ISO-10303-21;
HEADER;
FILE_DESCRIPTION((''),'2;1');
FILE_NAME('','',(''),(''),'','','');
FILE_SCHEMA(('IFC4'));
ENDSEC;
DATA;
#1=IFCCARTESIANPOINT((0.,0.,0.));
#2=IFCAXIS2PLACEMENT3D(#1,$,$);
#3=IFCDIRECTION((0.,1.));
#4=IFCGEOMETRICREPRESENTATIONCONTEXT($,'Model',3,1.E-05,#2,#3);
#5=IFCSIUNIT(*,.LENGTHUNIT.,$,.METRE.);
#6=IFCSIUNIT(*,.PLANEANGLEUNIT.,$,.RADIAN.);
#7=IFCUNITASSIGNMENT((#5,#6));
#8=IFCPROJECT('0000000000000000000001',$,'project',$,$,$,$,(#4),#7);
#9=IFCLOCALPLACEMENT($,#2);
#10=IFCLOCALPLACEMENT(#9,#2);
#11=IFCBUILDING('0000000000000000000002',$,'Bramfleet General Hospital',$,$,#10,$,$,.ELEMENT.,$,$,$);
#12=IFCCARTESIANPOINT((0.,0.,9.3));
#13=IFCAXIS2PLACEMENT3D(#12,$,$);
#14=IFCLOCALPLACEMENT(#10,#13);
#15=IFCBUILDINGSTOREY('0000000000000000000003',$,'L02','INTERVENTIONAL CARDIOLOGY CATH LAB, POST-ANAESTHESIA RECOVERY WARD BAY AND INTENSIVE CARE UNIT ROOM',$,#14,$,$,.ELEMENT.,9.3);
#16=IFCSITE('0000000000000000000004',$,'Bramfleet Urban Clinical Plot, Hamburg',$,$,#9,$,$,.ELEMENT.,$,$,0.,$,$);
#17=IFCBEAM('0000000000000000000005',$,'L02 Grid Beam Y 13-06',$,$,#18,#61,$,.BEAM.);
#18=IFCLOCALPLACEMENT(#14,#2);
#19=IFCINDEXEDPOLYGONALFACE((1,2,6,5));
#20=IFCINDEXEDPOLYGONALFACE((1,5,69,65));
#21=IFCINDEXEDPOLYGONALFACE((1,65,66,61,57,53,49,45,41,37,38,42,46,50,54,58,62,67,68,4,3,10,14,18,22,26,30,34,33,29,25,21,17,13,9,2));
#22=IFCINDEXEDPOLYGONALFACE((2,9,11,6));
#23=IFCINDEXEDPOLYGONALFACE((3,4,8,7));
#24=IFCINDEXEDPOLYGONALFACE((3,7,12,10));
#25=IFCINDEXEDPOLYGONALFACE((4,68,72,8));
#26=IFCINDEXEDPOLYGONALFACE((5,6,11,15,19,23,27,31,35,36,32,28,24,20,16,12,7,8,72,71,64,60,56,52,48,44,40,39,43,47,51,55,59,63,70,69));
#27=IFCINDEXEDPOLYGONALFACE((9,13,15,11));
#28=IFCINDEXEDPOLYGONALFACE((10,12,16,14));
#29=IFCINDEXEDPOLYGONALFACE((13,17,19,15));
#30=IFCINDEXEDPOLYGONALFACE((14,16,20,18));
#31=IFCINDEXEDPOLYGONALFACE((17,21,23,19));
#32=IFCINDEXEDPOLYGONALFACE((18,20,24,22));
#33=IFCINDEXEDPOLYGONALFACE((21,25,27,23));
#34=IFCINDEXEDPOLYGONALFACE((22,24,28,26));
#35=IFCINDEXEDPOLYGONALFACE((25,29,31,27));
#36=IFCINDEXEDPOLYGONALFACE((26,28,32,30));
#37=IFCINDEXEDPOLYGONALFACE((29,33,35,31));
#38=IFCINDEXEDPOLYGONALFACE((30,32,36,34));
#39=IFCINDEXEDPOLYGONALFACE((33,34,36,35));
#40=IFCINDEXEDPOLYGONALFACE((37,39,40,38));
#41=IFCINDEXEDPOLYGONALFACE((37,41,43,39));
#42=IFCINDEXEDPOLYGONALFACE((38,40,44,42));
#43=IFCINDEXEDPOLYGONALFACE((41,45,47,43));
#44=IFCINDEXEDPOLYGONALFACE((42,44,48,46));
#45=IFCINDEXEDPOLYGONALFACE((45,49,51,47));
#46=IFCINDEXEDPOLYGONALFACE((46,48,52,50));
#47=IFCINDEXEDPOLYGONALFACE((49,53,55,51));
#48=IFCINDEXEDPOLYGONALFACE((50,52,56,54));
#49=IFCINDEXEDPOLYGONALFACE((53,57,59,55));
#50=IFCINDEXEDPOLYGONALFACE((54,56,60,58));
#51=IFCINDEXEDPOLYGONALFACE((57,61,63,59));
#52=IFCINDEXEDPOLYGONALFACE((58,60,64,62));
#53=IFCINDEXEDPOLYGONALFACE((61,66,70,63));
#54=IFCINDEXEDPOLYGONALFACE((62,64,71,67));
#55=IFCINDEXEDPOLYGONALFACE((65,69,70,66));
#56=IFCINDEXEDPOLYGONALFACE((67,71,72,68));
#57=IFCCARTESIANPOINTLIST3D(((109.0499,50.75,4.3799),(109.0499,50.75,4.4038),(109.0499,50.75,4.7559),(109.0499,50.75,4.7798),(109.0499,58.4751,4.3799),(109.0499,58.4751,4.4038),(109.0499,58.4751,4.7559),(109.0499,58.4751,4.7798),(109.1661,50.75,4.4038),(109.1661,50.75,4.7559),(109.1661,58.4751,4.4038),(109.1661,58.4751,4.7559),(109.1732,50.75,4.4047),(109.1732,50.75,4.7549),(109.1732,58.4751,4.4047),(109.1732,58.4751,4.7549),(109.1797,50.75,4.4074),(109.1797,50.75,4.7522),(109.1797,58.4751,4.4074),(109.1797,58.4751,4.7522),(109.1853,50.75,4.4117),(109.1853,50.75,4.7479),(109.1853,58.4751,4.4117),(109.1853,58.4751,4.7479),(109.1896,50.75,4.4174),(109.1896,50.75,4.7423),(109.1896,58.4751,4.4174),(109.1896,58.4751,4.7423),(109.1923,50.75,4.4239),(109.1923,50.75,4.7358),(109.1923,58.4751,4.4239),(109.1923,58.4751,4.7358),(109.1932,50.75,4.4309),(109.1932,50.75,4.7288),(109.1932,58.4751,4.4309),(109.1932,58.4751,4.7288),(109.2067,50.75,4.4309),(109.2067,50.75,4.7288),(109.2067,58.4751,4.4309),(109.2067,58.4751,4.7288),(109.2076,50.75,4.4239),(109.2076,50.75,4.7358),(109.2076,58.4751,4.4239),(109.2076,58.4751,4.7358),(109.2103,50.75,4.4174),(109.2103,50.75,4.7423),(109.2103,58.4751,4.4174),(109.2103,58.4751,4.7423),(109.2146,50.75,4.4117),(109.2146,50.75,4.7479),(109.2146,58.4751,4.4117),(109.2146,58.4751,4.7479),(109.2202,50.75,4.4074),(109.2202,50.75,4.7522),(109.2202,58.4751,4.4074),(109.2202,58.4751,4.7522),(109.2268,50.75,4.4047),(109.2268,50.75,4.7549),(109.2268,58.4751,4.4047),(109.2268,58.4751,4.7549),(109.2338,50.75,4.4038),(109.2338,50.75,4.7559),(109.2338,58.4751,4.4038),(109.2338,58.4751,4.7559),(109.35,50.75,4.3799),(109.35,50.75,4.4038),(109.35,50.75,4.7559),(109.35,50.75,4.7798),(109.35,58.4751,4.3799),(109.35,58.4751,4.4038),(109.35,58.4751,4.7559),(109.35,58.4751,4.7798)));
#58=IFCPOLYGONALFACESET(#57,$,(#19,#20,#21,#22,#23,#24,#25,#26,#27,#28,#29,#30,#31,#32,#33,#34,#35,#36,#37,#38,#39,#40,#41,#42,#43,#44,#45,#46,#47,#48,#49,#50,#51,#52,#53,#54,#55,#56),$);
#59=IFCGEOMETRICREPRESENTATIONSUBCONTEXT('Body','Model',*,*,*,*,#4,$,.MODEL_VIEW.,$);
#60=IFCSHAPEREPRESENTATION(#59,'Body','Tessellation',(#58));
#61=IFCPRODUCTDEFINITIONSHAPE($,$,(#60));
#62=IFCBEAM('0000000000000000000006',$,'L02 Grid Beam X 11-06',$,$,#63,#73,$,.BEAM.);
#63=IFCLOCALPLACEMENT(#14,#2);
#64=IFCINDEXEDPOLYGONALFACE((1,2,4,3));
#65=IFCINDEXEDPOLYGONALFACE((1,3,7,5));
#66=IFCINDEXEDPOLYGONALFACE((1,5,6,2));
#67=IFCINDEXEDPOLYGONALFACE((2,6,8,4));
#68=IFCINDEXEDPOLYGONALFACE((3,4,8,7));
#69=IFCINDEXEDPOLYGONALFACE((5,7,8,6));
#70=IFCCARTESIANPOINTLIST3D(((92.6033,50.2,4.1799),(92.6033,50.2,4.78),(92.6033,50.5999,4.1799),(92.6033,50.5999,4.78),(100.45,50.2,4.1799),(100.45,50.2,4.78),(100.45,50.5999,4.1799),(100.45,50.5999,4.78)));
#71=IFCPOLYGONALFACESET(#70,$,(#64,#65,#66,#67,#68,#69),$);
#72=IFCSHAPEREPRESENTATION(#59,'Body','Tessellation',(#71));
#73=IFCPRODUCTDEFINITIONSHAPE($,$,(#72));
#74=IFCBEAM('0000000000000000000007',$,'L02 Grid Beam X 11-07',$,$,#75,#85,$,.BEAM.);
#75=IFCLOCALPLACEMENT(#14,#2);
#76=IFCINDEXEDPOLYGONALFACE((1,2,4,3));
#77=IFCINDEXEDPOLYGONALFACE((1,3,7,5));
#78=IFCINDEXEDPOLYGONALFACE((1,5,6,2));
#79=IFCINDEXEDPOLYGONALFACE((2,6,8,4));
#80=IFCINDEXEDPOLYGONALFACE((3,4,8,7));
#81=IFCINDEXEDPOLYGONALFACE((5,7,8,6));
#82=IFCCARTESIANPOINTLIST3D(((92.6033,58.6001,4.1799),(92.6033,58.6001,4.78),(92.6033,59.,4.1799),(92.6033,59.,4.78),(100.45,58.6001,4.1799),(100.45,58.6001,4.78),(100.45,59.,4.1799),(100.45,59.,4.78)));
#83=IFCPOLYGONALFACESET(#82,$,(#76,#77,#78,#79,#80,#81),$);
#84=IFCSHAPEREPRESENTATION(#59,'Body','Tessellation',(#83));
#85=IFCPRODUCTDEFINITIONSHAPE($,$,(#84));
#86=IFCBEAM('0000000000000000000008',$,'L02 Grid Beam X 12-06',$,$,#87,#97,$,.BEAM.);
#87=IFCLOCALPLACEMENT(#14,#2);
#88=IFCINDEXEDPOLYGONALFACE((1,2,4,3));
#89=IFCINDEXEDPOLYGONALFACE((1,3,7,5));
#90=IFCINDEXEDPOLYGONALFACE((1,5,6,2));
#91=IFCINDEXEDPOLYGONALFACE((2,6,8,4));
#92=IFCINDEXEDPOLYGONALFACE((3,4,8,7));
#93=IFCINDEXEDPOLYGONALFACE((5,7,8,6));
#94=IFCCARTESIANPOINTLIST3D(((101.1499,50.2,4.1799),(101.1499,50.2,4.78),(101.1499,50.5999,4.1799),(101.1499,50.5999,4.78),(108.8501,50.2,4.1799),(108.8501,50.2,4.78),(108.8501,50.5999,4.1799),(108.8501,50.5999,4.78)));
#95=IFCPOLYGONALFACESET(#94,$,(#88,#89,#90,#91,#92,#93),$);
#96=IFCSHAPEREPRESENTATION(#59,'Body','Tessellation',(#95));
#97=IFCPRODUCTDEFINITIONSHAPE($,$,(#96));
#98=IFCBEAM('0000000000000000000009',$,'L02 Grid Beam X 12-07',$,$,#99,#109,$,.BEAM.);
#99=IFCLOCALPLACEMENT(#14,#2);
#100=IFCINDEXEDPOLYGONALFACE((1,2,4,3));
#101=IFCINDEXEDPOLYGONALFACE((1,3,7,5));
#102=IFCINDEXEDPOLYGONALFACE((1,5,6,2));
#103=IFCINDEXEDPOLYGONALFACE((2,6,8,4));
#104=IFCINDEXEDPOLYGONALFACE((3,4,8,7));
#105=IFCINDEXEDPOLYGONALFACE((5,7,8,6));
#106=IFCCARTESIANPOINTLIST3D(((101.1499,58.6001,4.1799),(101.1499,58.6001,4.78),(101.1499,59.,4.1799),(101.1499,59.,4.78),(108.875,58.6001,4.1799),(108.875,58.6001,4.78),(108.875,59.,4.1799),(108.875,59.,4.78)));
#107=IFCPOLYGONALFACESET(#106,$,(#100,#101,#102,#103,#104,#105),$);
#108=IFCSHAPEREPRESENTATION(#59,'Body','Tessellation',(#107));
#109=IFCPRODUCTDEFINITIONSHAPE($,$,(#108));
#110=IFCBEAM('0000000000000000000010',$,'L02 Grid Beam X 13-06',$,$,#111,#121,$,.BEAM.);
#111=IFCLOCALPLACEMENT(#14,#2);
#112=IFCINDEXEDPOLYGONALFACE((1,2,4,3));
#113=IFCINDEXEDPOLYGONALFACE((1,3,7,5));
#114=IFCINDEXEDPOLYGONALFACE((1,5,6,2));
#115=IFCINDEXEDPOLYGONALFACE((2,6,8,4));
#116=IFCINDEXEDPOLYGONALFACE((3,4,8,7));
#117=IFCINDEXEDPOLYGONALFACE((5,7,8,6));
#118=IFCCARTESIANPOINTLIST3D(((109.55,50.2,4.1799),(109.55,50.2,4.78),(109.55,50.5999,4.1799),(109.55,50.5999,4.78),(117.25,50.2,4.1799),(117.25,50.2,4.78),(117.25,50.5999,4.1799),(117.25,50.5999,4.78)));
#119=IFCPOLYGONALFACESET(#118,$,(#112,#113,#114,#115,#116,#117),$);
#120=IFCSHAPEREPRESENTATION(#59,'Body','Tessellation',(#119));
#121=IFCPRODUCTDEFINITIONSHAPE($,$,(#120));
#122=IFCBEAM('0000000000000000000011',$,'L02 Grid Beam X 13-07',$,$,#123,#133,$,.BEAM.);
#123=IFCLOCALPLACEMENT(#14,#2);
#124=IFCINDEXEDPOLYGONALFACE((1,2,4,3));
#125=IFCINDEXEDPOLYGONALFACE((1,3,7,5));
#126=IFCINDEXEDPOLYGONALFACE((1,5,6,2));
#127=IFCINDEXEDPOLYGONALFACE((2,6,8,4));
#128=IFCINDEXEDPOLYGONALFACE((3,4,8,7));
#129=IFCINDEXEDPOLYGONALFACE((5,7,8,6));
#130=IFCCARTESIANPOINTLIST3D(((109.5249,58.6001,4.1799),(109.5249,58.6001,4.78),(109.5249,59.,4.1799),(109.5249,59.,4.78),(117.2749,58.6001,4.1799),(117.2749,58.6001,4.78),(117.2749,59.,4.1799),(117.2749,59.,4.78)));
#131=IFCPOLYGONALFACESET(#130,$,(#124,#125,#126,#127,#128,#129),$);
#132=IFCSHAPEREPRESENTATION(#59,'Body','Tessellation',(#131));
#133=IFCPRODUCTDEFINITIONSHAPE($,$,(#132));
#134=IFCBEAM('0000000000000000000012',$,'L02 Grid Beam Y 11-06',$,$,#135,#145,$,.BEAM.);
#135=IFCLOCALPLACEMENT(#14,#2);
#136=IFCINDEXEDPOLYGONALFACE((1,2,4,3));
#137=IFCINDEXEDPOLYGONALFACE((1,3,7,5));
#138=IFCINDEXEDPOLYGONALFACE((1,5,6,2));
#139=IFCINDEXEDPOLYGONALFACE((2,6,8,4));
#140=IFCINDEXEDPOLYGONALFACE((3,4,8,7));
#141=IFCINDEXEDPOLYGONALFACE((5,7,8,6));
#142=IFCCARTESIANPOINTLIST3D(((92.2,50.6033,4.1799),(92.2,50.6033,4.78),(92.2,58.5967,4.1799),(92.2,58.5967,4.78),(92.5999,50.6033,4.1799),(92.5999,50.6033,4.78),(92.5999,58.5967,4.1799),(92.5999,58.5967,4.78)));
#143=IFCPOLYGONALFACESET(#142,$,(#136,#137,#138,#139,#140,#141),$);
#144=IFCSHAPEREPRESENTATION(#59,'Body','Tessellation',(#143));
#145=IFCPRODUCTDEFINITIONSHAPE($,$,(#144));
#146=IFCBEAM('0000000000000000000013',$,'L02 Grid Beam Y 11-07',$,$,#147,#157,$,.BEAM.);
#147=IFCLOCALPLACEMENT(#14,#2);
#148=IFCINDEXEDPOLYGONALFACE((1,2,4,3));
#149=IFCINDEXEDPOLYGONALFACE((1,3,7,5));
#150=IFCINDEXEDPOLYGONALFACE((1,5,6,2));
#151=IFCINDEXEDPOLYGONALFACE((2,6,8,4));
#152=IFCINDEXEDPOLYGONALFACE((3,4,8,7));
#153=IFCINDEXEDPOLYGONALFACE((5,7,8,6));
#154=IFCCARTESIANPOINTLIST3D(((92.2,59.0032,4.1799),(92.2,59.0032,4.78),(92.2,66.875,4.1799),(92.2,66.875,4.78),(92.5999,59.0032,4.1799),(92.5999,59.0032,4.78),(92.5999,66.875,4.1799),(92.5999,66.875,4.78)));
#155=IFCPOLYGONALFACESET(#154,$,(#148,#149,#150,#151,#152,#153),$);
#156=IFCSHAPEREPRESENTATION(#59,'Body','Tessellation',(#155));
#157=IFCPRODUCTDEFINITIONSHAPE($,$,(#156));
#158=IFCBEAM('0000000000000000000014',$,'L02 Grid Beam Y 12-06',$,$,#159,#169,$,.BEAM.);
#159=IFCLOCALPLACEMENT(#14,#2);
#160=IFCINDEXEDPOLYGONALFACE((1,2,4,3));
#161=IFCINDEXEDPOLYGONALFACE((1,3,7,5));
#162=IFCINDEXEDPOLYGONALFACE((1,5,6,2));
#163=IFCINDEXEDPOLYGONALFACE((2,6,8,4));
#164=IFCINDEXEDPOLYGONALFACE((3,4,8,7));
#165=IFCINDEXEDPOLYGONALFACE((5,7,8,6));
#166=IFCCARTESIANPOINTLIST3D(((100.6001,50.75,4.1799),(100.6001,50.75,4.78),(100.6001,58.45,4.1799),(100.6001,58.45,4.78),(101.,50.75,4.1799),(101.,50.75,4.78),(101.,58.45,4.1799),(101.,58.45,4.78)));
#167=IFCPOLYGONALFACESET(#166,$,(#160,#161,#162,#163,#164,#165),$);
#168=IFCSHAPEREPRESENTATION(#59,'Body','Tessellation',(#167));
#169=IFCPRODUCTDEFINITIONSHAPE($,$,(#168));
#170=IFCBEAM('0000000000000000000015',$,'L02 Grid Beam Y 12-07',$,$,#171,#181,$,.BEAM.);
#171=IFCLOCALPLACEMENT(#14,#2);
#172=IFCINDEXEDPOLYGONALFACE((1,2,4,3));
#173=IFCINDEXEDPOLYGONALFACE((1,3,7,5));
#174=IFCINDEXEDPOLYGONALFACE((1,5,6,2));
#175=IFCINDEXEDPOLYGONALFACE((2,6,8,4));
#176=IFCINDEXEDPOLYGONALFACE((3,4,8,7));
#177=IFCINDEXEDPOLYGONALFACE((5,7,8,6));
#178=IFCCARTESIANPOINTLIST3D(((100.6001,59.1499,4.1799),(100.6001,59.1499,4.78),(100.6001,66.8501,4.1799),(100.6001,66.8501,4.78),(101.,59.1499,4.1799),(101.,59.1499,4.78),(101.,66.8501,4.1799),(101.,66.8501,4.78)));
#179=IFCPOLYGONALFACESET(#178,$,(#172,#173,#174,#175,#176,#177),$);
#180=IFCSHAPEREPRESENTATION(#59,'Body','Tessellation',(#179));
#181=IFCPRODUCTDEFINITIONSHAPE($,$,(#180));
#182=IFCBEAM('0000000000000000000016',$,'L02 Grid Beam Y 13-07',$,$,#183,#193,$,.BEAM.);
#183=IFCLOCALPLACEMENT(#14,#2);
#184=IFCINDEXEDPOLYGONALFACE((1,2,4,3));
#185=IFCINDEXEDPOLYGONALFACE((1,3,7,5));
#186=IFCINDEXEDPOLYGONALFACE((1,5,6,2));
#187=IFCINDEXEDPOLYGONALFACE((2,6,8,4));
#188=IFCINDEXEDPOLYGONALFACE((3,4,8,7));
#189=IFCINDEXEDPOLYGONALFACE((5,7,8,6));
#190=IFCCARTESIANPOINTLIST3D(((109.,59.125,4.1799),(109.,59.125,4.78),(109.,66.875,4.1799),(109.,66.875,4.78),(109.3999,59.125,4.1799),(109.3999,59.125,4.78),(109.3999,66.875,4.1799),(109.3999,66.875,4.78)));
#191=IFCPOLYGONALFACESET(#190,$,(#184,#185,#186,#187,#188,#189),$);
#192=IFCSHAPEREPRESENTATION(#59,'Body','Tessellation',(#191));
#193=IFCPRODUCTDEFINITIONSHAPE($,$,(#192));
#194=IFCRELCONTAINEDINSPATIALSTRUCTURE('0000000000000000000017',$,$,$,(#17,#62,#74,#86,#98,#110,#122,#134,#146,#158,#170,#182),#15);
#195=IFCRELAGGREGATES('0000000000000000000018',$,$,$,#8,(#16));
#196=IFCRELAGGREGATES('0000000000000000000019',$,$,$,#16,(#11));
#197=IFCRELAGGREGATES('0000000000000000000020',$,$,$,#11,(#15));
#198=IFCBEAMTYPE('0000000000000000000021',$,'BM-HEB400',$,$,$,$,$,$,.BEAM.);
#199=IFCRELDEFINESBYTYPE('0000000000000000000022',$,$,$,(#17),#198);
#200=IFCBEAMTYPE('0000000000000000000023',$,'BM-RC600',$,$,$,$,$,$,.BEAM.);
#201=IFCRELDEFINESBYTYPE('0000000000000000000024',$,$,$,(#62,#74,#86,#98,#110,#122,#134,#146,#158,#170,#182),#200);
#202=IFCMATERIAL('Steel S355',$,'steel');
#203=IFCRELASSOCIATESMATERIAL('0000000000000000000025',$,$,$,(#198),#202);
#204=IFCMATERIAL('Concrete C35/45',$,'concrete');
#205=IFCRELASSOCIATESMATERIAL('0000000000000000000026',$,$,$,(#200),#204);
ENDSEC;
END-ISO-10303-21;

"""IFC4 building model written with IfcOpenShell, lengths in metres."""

from ifc_helpers import new_model, si_unit, direction, frame, origin, origin_2d, place, context, subcontext, project, spatial, rectangle, i_section, extrude, material, material_profile, profile_set, type_object, element, save


model = new_model("IFC4")

# Units and contexts
model_context = context("Model", 3, precision=1e-05, world=origin(), true_north=direction((0.0, 1.0)))
body_context = subcontext(model_context, "Body", "Model", "MODEL_VIEW")
ifc_project = project(units=[si_unit("LENGTHUNIT", "METRE"), si_unit("PLANEANGLEUNIT", "RADIAN")], contexts=[model_context])

# Site, building, storey
site_placement = place(None, origin())
site = spatial("IfcSite", under=ifc_project, at=site_placement, Name="Bramfleet Urban Clinical Plot, Hamburg", CompositionType="ELEMENT", RefElevation=0.0)
building_placement = place(site_placement, origin())
building = spatial("IfcBuilding", under=site, at=building_placement, Name="Bramfleet General Hospital", CompositionType="ELEMENT")
storey_placement = place(building_placement, frame((0.0, 0.0, 9.3)))
storey = spatial("IfcBuildingStorey", under=building, at=storey_placement, Name="L02", Description="INTERVENTIONAL CARDIOLOGY CATH LAB, POST-ANAESTHESIA RECOVERY WARD BAY AND INTENSIVE CARE UNIT ROOM", CompositionType="ELEMENT", Elevation=9.3)

# Shared definitions
ifc_material_1 = material(Name="Steel S355", Category="steel")

# Beams
ifc_material_profile_1 = material_profile(ifc_material_1, i_section(OverallWidth=0.3, OverallDepth=0.3999, WebThickness=0.0134, FlangeThickness=0.0239, FilletRadius=0.0271, at=origin_2d()), Name="HEB 400")
ifc_profile_set_1 = profile_set([ifc_material_profile_1], Name="Steel S355")
beam_type_1 = type_object("IfcBeamType", Name="BM-HEB400", PredefinedType="BEAM", material=ifc_profile_set_1)
beam_1_placement = place(storey_placement, frame((109.2, 50.75, 4.5798), z_axis=(0.0, 1.0, 0.0), x_axis=(-1.0, 0.0, 0.0)))
element("IfcBeam", 1, at=beam_1_placement, inside=storey, type_object=beam_type_1, Name="L02 Grid Beam Y 13-06", PredefinedType="BEAM", context=body_context, shape_type="SweptSolid", body=[
    extrude(i_section(OverallWidth=0.3, OverallDepth=0.3999, WebThickness=0.0134, FlangeThickness=0.0239, FilletRadius=0.0271, at=origin_2d()), origin(), (0.0, 0.0, 1.0), 7.7251),
])
ifc_material_2 = material(Name="Concrete C35/45", Category="concrete")
ifc_material_profile_2 = material_profile(ifc_material_2, rectangle(XDim=0.3999, YDim=0.6001, at=origin_2d()), Name="RC BM 600x400")
ifc_profile_set_2 = profile_set([ifc_material_profile_2], Name="Concrete C35/45")
beam_type_2 = type_object("IfcBeamType", Name="BM-RC600", PredefinedType="BEAM", material=ifc_profile_set_2)
for number, where, z_axis, x_axis, name in (
    (2, (92.6033, 50.3999, 4.48), (1.0, 0.0, 0.0), (0.0, 1.0, 0.0), "L02 Grid Beam X 11-06"),
    (3, (92.6033, 58.8, 4.48), (1.0, 0.0, 0.0), (0.0, 1.0, 0.0), "L02 Grid Beam X 11-07"),
):
    element("IfcBeam", number, at=place(storey_placement, frame(where, z_axis=z_axis, x_axis=x_axis)), inside=storey, type_object=beam_type_2, Name=name, PredefinedType="BEAM", context=body_context, shape_type="SweptSolid", body=[
        extrude(rectangle(XDim=0.3999, YDim=0.6001, at=origin_2d()), origin(), (0.0, 0.0, 1.0), 7.8467),
    ])
beam_2_placement = place(storey_placement, frame((101.1499, 50.3999, 4.48), z_axis=(1.0, 0.0, 0.0), x_axis=(0.0, 1.0, 0.0)))
element("IfcBeam", 4, at=beam_2_placement, inside=storey, type_object=beam_type_2, Name="L02 Grid Beam X 12-06", PredefinedType="BEAM", context=body_context, shape_type="SweptSolid", body=[
    extrude(rectangle(XDim=0.3999, YDim=0.6001, at=origin_2d()), origin(), (0.0, 0.0, 1.0), 7.7002),
])
beam_3_placement = place(storey_placement, frame((101.1499, 58.8, 4.48), z_axis=(1.0, 0.0, 0.0), x_axis=(0.0, 1.0, 0.0)))
element("IfcBeam", 5, at=beam_3_placement, inside=storey, type_object=beam_type_2, Name="L02 Grid Beam X 12-07", PredefinedType="BEAM", context=body_context, shape_type="SweptSolid", body=[
    extrude(rectangle(XDim=0.3999, YDim=0.6001, at=origin_2d()), origin(), (0.0, 0.0, 1.0), 7.7251),
])
beam_4_placement = place(storey_placement, frame((109.55, 50.3999, 4.48), z_axis=(1.0, 0.0, 0.0), x_axis=(0.0, 1.0, 0.0)))
element("IfcBeam", 6, at=beam_4_placement, inside=storey, type_object=beam_type_2, Name="L02 Grid Beam X 13-06", PredefinedType="BEAM", context=body_context, shape_type="SweptSolid", body=[
    extrude(rectangle(XDim=0.3999, YDim=0.6001, at=origin_2d()), origin(), (0.0, 0.0, 1.0), 7.7),
])
beam_5_placement = place(storey_placement, frame((109.5249, 58.8, 4.48), z_axis=(1.0, 0.0, 0.0), x_axis=(0.0, 1.0, 0.0)))
element("IfcBeam", 7, at=beam_5_placement, inside=storey, type_object=beam_type_2, Name="L02 Grid Beam X 13-07", PredefinedType="BEAM", context=body_context, shape_type="SweptSolid", body=[
    extrude(rectangle(XDim=0.3999, YDim=0.6001, at=origin_2d()), origin(), (0.0, 0.0, 1.0), 7.75),
])
beam_6_placement = place(storey_placement, frame((92.3999, 50.6033, 4.48), z_axis=(0.0, 1.0, 0.0), x_axis=(-1.0, 0.0, 0.0)))
element("IfcBeam", 8, at=beam_6_placement, inside=storey, type_object=beam_type_2, Name="L02 Grid Beam Y 11-06", PredefinedType="BEAM", context=body_context, shape_type="SweptSolid", body=[
    extrude(rectangle(XDim=0.3999, YDim=0.6001, at=origin_2d()), origin(), (0.0, 0.0, 1.0), 7.9934),
])
beam_7_placement = place(storey_placement, frame((92.3999, 59.0032, 4.48), z_axis=(0.0, 1.0, 0.0), x_axis=(-1.0, 0.0, 0.0)))
element("IfcBeam", 9, at=beam_7_placement, inside=storey, type_object=beam_type_2, Name="L02 Grid Beam Y 11-07", PredefinedType="BEAM", context=body_context, shape_type="SweptSolid", body=[
    extrude(rectangle(XDim=0.3999, YDim=0.6001, at=origin_2d()), origin(), (0.0, 0.0, 1.0), 7.8718),
])
beam_8_placement = place(storey_placement, frame((100.8, 50.75, 4.48), z_axis=(0.0, 1.0, 0.0), x_axis=(-1.0, 0.0, 0.0)))
element("IfcBeam", 10, at=beam_8_placement, inside=storey, type_object=beam_type_2, Name="L02 Grid Beam Y 12-06", PredefinedType="BEAM", context=body_context, shape_type="SweptSolid", body=[
    extrude(rectangle(XDim=0.3999, YDim=0.6001, at=origin_2d()), origin(), (0.0, 0.0, 1.0), 7.7),
])
beam_9_placement = place(storey_placement, frame((100.8, 59.1499, 4.48), z_axis=(0.0, 1.0, 0.0), x_axis=(-1.0, 0.0, 0.0)))
element("IfcBeam", 11, at=beam_9_placement, inside=storey, type_object=beam_type_2, Name="L02 Grid Beam Y 12-07", PredefinedType="BEAM", context=body_context, shape_type="SweptSolid", body=[
    extrude(rectangle(XDim=0.3999, YDim=0.6001, at=origin_2d()), origin(), (0.0, 0.0, 1.0), 7.7002),
])
beam_10_placement = place(storey_placement, frame((109.2, 59.125, 4.48), z_axis=(0.0, 1.0, 0.0), x_axis=(-1.0, 0.0, 0.0)))
element("IfcBeam", 12, at=beam_10_placement, inside=storey, type_object=beam_type_2, Name="L02 Grid Beam Y 13-07", PredefinedType="BEAM", context=body_context, shape_type="SweptSolid", body=[
    extrude(rectangle(XDim=0.3999, YDim=0.6001, at=origin_2d()), origin(), (0.0, 0.0, 1.0), 7.75),
])

save(model, "model.ifc")
